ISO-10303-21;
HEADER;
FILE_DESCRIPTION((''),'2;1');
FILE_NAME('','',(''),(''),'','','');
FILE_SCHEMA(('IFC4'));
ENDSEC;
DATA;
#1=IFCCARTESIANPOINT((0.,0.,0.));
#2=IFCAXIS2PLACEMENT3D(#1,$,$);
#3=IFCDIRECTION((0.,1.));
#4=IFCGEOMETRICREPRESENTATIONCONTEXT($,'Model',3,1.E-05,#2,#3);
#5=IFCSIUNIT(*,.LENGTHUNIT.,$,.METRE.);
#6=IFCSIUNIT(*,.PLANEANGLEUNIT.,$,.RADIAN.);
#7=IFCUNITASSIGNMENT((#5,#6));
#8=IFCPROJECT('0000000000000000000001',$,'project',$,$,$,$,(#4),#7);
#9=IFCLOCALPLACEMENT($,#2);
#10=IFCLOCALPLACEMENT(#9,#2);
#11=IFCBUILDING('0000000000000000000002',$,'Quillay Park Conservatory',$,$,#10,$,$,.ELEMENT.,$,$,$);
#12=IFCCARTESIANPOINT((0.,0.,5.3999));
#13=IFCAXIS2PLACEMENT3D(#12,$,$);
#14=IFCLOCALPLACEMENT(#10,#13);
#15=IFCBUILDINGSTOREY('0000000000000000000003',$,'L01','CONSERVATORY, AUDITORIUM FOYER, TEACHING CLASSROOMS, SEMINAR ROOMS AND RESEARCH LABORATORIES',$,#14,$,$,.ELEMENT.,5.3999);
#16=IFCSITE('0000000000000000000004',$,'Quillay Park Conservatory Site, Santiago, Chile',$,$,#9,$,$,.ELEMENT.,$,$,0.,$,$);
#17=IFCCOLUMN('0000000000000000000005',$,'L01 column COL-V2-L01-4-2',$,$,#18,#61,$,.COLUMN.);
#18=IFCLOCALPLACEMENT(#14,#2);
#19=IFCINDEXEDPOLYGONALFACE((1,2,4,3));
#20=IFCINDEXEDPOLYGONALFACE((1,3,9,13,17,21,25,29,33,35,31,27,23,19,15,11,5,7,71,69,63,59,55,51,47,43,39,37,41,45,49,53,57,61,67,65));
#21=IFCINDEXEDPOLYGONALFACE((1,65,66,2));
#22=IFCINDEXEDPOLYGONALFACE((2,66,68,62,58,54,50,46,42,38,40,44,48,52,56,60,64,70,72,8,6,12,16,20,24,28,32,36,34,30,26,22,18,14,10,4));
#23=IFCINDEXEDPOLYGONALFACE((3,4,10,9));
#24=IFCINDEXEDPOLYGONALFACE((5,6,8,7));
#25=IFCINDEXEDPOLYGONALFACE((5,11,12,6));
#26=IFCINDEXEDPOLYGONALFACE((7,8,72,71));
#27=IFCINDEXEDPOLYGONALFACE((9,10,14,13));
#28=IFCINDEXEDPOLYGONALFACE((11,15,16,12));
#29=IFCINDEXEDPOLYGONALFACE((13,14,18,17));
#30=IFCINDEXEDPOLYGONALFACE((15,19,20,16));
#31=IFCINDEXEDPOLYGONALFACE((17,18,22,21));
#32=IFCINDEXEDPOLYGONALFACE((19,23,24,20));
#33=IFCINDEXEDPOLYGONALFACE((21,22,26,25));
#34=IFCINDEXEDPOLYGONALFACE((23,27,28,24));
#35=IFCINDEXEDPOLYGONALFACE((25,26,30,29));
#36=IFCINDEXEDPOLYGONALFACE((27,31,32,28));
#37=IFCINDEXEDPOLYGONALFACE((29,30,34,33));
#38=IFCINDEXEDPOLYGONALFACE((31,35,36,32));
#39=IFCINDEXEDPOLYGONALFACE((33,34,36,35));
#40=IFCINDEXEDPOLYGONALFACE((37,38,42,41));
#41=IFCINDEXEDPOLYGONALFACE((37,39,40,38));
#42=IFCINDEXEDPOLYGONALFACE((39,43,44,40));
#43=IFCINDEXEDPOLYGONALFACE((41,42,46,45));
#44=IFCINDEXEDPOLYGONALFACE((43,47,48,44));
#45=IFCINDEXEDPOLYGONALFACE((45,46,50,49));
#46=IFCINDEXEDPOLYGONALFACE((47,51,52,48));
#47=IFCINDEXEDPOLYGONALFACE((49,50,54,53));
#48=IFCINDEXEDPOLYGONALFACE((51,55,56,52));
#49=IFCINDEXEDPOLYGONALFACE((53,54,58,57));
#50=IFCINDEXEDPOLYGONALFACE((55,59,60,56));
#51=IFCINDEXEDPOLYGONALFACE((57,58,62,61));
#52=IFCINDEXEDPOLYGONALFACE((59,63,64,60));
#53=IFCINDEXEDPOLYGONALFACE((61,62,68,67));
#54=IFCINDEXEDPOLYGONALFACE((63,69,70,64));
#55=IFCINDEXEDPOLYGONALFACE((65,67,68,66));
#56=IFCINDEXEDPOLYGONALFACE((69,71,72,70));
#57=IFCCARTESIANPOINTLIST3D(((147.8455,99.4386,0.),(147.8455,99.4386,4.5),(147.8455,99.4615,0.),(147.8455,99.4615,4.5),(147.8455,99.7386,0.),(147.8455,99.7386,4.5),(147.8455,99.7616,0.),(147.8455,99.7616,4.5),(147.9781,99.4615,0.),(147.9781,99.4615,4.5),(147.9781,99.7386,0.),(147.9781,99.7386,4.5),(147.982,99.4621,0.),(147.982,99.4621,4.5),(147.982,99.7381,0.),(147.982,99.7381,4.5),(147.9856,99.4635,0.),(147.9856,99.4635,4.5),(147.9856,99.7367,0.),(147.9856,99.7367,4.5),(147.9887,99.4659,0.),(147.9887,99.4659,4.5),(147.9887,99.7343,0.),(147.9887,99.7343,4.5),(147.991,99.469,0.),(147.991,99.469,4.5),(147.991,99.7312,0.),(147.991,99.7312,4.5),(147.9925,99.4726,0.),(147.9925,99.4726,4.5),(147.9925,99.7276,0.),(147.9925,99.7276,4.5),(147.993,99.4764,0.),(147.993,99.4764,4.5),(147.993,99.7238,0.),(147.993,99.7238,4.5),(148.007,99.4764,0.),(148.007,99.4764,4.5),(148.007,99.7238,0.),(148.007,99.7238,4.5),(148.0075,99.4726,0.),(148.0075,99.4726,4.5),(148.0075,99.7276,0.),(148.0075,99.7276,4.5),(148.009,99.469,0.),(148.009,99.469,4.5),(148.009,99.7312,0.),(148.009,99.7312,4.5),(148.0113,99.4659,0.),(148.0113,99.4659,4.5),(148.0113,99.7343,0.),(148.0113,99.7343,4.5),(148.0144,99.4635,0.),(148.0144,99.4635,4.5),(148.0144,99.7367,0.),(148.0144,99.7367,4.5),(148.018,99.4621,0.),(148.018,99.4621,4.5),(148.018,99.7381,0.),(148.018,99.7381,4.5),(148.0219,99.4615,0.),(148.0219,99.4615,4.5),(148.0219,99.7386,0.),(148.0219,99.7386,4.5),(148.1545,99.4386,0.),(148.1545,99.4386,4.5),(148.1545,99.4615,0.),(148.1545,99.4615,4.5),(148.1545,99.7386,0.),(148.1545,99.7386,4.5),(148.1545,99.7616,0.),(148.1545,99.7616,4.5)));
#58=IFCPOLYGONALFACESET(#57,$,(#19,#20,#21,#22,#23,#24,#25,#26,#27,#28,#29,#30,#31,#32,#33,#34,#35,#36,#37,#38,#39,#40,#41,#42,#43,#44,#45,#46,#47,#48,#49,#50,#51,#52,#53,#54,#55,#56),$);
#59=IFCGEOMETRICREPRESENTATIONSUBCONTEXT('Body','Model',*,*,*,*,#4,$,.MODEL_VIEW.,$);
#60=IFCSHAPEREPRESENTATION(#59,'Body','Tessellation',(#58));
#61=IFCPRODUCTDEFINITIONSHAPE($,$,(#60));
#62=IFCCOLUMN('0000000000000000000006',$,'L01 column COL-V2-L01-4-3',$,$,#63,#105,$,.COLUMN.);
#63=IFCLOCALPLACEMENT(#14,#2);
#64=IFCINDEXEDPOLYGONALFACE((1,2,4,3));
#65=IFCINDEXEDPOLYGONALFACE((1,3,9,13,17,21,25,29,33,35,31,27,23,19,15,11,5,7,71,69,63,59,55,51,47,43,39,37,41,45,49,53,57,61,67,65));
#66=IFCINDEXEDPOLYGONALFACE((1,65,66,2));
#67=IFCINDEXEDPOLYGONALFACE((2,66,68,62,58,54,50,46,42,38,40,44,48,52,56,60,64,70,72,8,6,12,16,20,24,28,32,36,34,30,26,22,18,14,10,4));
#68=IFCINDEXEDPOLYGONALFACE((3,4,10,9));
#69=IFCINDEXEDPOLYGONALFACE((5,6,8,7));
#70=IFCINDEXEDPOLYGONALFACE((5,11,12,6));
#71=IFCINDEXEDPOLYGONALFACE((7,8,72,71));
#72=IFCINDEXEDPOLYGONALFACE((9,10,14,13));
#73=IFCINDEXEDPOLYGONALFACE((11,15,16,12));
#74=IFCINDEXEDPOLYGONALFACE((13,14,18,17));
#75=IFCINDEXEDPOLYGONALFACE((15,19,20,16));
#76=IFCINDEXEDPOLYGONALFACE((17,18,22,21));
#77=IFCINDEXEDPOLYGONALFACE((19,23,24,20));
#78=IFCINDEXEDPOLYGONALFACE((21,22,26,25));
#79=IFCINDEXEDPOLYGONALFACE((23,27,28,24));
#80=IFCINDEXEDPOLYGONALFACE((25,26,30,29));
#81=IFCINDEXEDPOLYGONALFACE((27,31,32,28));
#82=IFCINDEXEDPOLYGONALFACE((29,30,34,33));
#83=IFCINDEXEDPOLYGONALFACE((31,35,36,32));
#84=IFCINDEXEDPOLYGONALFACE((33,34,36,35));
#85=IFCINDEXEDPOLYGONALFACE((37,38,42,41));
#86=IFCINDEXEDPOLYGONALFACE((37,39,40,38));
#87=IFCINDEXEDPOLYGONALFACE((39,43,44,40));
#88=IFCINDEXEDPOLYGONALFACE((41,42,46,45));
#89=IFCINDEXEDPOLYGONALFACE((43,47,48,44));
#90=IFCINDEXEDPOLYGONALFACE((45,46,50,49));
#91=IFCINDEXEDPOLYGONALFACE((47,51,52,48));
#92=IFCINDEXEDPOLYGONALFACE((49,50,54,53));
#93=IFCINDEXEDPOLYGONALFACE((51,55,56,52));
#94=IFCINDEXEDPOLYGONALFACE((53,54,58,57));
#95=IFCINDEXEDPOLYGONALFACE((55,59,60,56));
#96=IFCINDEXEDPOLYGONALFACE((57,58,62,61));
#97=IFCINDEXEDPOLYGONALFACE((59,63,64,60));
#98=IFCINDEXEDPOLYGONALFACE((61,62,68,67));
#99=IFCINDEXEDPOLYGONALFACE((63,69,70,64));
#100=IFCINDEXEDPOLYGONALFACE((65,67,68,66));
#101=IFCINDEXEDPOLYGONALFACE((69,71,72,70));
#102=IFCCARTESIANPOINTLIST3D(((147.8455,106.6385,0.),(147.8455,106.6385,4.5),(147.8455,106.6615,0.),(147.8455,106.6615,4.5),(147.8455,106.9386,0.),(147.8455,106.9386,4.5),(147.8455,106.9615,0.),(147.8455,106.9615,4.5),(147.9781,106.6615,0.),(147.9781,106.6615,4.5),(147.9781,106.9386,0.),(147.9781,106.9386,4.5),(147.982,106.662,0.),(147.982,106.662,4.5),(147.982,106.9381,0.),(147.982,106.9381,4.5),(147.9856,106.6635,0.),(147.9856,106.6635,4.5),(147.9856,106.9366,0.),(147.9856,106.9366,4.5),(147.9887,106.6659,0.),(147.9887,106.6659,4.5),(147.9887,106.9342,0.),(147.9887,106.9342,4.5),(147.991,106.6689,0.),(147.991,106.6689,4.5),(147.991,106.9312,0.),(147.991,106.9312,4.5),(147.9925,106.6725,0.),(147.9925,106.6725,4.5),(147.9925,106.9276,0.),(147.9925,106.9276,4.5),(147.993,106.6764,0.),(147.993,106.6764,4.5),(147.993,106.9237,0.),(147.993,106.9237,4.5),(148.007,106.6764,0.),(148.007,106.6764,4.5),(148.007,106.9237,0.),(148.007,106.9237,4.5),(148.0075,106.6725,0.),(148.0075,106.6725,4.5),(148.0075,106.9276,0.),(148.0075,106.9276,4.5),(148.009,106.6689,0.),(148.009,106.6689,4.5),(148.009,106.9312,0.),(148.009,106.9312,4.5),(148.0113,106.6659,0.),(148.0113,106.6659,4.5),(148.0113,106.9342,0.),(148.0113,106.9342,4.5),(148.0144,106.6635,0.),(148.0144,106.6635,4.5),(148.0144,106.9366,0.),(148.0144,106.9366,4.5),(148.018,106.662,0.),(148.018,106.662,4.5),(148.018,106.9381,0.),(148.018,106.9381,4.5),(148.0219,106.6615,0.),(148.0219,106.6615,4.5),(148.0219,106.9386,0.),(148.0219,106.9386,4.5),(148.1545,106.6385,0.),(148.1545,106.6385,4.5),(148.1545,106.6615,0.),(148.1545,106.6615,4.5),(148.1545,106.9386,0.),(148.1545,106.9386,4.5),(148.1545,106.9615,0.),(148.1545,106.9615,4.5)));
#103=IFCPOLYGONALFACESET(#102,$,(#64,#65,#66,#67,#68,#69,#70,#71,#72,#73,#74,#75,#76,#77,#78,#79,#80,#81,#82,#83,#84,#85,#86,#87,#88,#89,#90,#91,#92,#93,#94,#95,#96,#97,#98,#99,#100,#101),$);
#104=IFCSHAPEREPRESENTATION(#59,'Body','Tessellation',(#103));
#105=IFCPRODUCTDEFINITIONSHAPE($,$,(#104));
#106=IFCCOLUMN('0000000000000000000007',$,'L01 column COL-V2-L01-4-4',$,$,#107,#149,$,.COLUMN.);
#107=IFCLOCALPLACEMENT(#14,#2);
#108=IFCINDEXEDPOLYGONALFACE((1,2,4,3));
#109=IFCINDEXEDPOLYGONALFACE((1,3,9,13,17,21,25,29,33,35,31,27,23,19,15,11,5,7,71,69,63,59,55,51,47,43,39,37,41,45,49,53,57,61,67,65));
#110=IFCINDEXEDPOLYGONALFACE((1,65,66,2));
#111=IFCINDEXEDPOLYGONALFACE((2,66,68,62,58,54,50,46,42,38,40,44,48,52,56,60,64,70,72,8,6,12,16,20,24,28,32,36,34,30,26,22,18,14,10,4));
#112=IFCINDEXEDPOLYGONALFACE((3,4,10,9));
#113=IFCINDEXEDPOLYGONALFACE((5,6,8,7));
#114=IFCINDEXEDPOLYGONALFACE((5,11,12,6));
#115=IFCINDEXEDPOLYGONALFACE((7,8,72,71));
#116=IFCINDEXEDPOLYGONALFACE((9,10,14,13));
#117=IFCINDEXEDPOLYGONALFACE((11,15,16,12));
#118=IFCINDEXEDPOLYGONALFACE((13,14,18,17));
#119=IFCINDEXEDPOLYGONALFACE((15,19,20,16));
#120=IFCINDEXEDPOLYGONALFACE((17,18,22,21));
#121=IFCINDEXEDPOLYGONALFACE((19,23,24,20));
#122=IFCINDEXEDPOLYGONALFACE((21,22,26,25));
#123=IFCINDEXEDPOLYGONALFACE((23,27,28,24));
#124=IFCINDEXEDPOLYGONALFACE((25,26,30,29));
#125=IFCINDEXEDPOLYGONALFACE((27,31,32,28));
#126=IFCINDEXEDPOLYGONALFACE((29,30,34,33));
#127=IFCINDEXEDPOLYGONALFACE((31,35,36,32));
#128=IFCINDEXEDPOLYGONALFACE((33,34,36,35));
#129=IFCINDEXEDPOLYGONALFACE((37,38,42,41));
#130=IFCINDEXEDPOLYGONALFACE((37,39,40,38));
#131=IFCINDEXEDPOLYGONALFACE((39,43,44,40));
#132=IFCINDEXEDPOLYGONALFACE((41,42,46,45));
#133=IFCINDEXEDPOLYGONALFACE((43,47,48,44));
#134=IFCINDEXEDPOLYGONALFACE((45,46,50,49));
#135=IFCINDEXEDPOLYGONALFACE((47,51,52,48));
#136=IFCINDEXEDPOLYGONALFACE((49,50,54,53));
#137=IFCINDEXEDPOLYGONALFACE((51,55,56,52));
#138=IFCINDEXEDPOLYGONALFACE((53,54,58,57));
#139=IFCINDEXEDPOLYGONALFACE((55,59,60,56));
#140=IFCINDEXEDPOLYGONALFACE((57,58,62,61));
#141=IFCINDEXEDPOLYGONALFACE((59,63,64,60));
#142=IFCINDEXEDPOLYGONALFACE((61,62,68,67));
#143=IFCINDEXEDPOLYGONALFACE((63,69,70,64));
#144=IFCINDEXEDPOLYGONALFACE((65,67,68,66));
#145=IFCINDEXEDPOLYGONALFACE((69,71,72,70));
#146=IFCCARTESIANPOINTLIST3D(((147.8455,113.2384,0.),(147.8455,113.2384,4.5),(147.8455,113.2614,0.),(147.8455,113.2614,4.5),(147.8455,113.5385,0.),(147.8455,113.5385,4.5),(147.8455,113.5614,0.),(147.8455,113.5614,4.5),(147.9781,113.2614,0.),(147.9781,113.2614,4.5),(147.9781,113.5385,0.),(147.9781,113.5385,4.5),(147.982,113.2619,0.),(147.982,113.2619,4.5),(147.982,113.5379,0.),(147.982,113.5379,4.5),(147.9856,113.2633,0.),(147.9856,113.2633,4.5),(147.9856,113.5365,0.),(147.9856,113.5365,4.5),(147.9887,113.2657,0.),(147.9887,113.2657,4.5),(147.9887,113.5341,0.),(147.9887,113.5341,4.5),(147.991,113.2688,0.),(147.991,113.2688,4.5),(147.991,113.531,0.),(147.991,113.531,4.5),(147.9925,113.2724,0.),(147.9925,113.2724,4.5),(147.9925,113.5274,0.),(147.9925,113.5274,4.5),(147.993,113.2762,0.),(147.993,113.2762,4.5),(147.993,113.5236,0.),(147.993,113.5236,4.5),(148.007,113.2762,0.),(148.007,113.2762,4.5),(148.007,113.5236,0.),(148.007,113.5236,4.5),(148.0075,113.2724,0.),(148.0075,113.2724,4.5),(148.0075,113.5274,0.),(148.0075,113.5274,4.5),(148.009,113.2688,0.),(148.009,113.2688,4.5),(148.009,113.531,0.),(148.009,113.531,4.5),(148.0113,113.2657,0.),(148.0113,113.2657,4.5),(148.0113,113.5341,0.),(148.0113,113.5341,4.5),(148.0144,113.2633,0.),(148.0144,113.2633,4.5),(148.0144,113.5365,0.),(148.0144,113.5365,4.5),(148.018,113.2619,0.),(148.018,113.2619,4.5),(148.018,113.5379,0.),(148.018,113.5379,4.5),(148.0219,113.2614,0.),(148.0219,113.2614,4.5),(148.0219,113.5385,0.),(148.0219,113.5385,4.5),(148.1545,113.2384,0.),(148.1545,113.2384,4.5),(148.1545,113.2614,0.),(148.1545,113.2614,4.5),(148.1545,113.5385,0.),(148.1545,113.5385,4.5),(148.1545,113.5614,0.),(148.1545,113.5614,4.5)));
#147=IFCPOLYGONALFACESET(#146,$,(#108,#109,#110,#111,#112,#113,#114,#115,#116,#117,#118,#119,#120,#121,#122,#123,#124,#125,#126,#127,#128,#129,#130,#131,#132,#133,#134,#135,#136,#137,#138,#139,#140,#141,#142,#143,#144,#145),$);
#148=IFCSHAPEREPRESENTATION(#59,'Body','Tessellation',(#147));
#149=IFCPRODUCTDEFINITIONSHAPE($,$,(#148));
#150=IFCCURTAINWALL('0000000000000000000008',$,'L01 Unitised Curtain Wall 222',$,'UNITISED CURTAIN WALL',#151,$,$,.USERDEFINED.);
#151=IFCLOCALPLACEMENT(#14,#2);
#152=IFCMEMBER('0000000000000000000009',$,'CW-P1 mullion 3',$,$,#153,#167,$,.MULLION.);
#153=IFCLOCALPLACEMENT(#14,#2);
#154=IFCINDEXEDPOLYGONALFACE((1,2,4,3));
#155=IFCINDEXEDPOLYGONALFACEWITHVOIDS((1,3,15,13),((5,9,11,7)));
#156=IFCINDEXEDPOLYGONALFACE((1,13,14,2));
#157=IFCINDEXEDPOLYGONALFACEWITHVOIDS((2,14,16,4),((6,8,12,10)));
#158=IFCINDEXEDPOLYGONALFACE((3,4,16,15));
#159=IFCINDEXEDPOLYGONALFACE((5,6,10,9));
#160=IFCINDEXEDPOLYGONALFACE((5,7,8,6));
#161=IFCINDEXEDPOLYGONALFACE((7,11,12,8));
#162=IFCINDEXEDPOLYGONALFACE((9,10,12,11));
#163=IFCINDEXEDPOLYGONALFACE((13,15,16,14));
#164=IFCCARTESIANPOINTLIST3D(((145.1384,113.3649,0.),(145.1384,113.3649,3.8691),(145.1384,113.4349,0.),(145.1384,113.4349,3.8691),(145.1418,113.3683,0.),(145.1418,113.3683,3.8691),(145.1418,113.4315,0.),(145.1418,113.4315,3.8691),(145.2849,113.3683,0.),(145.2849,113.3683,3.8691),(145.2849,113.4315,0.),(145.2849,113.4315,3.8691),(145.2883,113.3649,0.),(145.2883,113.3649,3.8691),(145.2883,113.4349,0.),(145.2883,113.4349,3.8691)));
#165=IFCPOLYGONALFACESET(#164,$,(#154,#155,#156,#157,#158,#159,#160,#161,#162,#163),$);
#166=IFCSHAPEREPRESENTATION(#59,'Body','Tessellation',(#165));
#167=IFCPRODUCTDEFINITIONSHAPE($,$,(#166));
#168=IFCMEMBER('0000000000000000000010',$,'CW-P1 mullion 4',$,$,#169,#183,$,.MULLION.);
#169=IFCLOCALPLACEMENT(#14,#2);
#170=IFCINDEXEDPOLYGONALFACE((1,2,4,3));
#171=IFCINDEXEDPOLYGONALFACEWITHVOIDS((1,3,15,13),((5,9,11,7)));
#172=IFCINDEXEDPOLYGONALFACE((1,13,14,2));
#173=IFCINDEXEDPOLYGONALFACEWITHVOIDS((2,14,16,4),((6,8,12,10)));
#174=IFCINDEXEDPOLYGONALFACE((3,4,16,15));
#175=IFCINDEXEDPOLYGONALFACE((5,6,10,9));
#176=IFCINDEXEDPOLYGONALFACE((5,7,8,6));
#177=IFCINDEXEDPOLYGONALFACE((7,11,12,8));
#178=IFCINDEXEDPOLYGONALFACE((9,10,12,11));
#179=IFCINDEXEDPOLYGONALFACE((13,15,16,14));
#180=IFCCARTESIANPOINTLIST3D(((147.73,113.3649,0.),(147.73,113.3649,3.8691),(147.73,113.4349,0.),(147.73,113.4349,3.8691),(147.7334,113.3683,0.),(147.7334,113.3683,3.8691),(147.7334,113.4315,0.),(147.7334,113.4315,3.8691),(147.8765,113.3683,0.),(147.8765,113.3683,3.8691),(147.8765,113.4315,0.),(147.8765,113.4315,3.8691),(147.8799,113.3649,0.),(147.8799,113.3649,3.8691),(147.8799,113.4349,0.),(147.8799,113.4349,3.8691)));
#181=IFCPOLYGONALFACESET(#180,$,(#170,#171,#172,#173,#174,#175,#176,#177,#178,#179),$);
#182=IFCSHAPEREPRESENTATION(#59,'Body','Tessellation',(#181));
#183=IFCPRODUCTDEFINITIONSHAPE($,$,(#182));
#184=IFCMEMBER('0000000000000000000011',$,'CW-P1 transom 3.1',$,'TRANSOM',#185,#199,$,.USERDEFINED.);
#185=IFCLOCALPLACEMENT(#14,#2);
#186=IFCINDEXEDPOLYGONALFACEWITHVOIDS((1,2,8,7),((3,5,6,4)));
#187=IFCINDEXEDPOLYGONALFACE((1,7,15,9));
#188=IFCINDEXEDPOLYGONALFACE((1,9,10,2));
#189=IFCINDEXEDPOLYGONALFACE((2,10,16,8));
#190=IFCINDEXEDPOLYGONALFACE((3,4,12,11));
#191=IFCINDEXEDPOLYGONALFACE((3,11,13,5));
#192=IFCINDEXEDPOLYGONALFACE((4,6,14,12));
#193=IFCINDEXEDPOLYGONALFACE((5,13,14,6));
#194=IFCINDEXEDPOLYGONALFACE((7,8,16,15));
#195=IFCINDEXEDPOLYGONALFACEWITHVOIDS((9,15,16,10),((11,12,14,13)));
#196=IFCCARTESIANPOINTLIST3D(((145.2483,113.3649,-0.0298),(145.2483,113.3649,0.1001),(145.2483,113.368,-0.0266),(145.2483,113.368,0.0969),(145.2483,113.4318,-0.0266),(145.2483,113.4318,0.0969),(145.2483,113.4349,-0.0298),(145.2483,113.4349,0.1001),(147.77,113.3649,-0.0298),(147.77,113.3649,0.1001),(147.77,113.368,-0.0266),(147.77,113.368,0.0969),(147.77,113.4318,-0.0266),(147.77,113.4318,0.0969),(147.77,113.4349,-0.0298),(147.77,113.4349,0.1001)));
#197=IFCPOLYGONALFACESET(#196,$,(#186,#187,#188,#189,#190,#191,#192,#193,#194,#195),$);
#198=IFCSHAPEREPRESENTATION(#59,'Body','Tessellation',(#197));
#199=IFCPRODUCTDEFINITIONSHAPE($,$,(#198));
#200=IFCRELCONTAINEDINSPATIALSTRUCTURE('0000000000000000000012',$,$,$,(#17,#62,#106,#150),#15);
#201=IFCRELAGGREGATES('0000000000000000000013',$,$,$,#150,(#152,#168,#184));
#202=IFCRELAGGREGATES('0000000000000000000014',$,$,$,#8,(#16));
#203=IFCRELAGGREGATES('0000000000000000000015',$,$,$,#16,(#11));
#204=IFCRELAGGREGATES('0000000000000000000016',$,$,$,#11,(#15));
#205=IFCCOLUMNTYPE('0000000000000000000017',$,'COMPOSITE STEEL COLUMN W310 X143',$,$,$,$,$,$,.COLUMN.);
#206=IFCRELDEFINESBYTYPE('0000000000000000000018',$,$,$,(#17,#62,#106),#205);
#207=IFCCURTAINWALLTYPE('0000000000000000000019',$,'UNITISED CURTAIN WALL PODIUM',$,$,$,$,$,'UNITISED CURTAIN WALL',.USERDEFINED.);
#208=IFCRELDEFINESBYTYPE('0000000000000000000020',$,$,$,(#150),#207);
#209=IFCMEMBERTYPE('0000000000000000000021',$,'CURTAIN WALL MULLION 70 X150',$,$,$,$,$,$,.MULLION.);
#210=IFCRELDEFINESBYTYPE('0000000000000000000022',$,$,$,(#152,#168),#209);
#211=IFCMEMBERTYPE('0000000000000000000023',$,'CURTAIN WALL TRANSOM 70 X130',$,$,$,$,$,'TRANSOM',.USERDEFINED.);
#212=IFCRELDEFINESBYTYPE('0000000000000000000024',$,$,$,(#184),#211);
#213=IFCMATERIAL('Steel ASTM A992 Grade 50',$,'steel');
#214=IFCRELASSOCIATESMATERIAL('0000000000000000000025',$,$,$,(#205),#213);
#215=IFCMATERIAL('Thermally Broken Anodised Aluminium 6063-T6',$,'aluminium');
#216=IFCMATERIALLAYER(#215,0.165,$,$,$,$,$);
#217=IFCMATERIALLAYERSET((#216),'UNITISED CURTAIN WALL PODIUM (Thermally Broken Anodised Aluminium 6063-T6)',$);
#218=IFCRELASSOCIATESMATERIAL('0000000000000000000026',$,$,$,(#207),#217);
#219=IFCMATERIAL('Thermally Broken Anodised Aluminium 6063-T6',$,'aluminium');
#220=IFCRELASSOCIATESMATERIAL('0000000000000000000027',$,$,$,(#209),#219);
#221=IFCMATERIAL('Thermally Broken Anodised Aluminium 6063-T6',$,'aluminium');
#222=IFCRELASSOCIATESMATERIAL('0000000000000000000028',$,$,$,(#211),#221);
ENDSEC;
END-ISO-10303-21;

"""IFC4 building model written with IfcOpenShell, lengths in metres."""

from ifc_helpers import new_model, si_unit, direction, frame, origin, origin_2d, place, context, subcontext, project, spatial, hollow_rectangle, i_section, extrude, material, layer, layer_set, material_profile, profile_set, type_object, element, aggregate, save


model = new_model("IFC4")

# Units and contexts
model_context = context("Model", 3, precision=1e-05, world=origin(), true_north=direction((0.0, 1.0)))
body_context = subcontext(model_context, "Body", "Model", "MODEL_VIEW")
ifc_project = project(units=[si_unit("LENGTHUNIT", "METRE"), si_unit("PLANEANGLEUNIT", "RADIAN")], contexts=[model_context])

# Site, building, storey
site_placement = place(None, origin())
site = spatial("IfcSite", under=ifc_project, at=site_placement, Name="Quillay Park Conservatory Site, Santiago, Chile", CompositionType="ELEMENT", RefElevation=0.0)
building_placement = place(site_placement, origin())
building = spatial("IfcBuilding", under=site, at=building_placement, Name="Quillay Park Conservatory", CompositionType="ELEMENT")
storey_placement = place(building_placement, frame((0.0, 0.0, 5.3999)))
storey = spatial("IfcBuildingStorey", under=building, at=storey_placement, Name="L01", Description="CONSERVATORY, AUDITORIUM FOYER, TEACHING CLASSROOMS, SEMINAR ROOMS AND RESEARCH LABORATORIES", CompositionType="ELEMENT", Elevation=5.3999)

# Columns
ifc_material_1 = material(Name="Steel ASTM A992 Grade 50", Category="steel")
ifc_material_profile_1 = material_profile(ifc_material_1, i_section(OverallWidth=0.3091, OverallDepth=0.323, WebThickness=0.0139, FlangeThickness=0.0229, FilletRadius=0.0149, at=origin_2d()), Name="W310x143")
ifc_profile_set_1 = profile_set([ifc_material_profile_1], Name="Steel ASTM A992 Grade 50")
column_type = type_object("IfcColumnType", Name="COMPOSITE STEEL COLUMN W310 X143", PredefinedType="COLUMN", material=ifc_profile_set_1)
for number, where, z_axis, x_axis, name in (
    (1, (148.0, 99.6001, 0.0), (0.0, 0.0, 1.0), (1.0, 0.0, 0.0), "L01 column COL-V2-L01-4-2"),
    (2, (148.0, 106.8, 0.0), (0.0, 0.0, 1.0), (1.0, 0.0, 0.0), "L01 column COL-V2-L01-4-3"),
    (3, (148.0, 113.3999, 0.0), (0.0, 0.0, 1.0), (1.0, 0.0, 0.0), "L01 column COL-V2-L01-4-4"),
):
    element("IfcColumn", number, at=place(storey_placement, frame(where, z_axis=z_axis, x_axis=x_axis)), inside=storey, type_object=column_type, Name=name, PredefinedType="COLUMN", context=body_context, shape_type="SweptSolid", body=[
        extrude(i_section(OverallWidth=0.3091, OverallDepth=0.323, WebThickness=0.0139, FlangeThickness=0.0229, FilletRadius=0.0149, at=origin_2d()), origin(), (0.0, 0.0, 1.0), 4.5),
    ])

# Curtain wall, members
ifc_material_2 = material(Name="Thermally Broken Anodised Aluminium 6063-T6", Category="aluminium")
ifc_layer_1 = layer(ifc_material_2, 0.165)
ifc_layer_set_1 = layer_set([ifc_layer_1], Name="UNITISED CURTAIN WALL PODIUM (Thermally Broken Anodised Aluminium 6063-T6)")
curtain_wall_type = type_object("IfcCurtainWallType", Name="UNITISED CURTAIN WALL PODIUM", ElementType="UNITISED CURTAIN WALL", PredefinedType="USERDEFINED", material=ifc_layer_set_1)
curtain_wall_placement = place(storey_placement, origin())
curtain_wall = element("IfcCurtainWall", 4, at=curtain_wall_placement, inside=storey, type_object=curtain_wall_type, Name="L01 Unitised Curtain Wall 222", ObjectType="UNITISED CURTAIN WALL", PredefinedType="USERDEFINED")
ifc_material_3 = material(Name="Thermally Broken Anodised Aluminium 6063-T6", Category="aluminium")
ifc_material_profile_2 = material_profile(ifc_material_3, hollow_rectangle(XDim=0.0701, YDim=0.1499, WallThickness=0.0034, at=origin_2d()), Name="AL70x150x3.5")
ifc_profile_set_2 = profile_set([ifc_material_profile_2], Name="Thermally Broken Anodised Aluminium 6063-T6")
member_type_1 = type_object("IfcMemberType", Name="CURTAIN WALL MULLION 70 X150", PredefinedType="MULLION", material=ifc_profile_set_2)
member_1_placement = place(storey_placement, frame((145.2134, 113.3999, 0.0), z_axis=(0.0, 0.0, 1.0), x_axis=(0.0, 1.0, 0.0)))
member_1 = element("IfcMember", 5, at=member_1_placement, type_object=member_type_1, Name="CW-P1 mullion 3", PredefinedType="MULLION", context=body_context, shape_type="SweptSolid", body=[
    extrude(hollow_rectangle(XDim=0.0701, YDim=0.1499, WallThickness=0.0034, at=origin_2d()), origin(), (0.0, 0.0, 1.0), 3.8691),
])
member_2_placement = place(storey_placement, frame((147.8049, 113.3999, 0.0), z_axis=(0.0, 0.0, 1.0), x_axis=(0.0, 1.0, 0.0)))
member_2 = element("IfcMember", 6, at=member_2_placement, type_object=member_type_1, Name="CW-P1 mullion 4", PredefinedType="MULLION", context=body_context, shape_type="SweptSolid", body=[
    extrude(hollow_rectangle(XDim=0.0701, YDim=0.1499, WallThickness=0.0034, at=origin_2d()), origin(), (0.0, 0.0, 1.0), 3.8691),
])
ifc_material_4 = material(Name="Thermally Broken Anodised Aluminium 6063-T6", Category="aluminium")
ifc_material_profile_3 = material_profile(ifc_material_4, hollow_rectangle(XDim=0.0701, YDim=0.1299, WallThickness=0.0032, at=origin_2d()), Name="AL70x130x3.2")
ifc_profile_set_3 = profile_set([ifc_material_profile_3], Name="Thermally Broken Anodised Aluminium 6063-T6")
member_type_2 = type_object("IfcMemberType", Name="CURTAIN WALL TRANSOM 70 X130", ElementType="TRANSOM", PredefinedType="USERDEFINED", material=ifc_profile_set_3)
member_3_placement = place(storey_placement, frame((145.2483, 113.3999, 0.0352), z_axis=(1.0, 0.0, 0.0), x_axis=(0.0, 1.0, 0.0)))
member_3 = element("IfcMember", 7, at=member_3_placement, type_object=member_type_2, Name="CW-P1 transom 3.1", ObjectType="TRANSOM", PredefinedType="USERDEFINED", context=body_context, shape_type="SweptSolid", body=[
    extrude(hollow_rectangle(XDim=0.0701, YDim=0.1299, WallThickness=0.0032, at=origin_2d()), origin(), (0.0, 0.0, 1.0), 2.5217),
])

aggregate(curtain_wall, [member_1, member_2, member_3])

save(model, "model.ifc")
